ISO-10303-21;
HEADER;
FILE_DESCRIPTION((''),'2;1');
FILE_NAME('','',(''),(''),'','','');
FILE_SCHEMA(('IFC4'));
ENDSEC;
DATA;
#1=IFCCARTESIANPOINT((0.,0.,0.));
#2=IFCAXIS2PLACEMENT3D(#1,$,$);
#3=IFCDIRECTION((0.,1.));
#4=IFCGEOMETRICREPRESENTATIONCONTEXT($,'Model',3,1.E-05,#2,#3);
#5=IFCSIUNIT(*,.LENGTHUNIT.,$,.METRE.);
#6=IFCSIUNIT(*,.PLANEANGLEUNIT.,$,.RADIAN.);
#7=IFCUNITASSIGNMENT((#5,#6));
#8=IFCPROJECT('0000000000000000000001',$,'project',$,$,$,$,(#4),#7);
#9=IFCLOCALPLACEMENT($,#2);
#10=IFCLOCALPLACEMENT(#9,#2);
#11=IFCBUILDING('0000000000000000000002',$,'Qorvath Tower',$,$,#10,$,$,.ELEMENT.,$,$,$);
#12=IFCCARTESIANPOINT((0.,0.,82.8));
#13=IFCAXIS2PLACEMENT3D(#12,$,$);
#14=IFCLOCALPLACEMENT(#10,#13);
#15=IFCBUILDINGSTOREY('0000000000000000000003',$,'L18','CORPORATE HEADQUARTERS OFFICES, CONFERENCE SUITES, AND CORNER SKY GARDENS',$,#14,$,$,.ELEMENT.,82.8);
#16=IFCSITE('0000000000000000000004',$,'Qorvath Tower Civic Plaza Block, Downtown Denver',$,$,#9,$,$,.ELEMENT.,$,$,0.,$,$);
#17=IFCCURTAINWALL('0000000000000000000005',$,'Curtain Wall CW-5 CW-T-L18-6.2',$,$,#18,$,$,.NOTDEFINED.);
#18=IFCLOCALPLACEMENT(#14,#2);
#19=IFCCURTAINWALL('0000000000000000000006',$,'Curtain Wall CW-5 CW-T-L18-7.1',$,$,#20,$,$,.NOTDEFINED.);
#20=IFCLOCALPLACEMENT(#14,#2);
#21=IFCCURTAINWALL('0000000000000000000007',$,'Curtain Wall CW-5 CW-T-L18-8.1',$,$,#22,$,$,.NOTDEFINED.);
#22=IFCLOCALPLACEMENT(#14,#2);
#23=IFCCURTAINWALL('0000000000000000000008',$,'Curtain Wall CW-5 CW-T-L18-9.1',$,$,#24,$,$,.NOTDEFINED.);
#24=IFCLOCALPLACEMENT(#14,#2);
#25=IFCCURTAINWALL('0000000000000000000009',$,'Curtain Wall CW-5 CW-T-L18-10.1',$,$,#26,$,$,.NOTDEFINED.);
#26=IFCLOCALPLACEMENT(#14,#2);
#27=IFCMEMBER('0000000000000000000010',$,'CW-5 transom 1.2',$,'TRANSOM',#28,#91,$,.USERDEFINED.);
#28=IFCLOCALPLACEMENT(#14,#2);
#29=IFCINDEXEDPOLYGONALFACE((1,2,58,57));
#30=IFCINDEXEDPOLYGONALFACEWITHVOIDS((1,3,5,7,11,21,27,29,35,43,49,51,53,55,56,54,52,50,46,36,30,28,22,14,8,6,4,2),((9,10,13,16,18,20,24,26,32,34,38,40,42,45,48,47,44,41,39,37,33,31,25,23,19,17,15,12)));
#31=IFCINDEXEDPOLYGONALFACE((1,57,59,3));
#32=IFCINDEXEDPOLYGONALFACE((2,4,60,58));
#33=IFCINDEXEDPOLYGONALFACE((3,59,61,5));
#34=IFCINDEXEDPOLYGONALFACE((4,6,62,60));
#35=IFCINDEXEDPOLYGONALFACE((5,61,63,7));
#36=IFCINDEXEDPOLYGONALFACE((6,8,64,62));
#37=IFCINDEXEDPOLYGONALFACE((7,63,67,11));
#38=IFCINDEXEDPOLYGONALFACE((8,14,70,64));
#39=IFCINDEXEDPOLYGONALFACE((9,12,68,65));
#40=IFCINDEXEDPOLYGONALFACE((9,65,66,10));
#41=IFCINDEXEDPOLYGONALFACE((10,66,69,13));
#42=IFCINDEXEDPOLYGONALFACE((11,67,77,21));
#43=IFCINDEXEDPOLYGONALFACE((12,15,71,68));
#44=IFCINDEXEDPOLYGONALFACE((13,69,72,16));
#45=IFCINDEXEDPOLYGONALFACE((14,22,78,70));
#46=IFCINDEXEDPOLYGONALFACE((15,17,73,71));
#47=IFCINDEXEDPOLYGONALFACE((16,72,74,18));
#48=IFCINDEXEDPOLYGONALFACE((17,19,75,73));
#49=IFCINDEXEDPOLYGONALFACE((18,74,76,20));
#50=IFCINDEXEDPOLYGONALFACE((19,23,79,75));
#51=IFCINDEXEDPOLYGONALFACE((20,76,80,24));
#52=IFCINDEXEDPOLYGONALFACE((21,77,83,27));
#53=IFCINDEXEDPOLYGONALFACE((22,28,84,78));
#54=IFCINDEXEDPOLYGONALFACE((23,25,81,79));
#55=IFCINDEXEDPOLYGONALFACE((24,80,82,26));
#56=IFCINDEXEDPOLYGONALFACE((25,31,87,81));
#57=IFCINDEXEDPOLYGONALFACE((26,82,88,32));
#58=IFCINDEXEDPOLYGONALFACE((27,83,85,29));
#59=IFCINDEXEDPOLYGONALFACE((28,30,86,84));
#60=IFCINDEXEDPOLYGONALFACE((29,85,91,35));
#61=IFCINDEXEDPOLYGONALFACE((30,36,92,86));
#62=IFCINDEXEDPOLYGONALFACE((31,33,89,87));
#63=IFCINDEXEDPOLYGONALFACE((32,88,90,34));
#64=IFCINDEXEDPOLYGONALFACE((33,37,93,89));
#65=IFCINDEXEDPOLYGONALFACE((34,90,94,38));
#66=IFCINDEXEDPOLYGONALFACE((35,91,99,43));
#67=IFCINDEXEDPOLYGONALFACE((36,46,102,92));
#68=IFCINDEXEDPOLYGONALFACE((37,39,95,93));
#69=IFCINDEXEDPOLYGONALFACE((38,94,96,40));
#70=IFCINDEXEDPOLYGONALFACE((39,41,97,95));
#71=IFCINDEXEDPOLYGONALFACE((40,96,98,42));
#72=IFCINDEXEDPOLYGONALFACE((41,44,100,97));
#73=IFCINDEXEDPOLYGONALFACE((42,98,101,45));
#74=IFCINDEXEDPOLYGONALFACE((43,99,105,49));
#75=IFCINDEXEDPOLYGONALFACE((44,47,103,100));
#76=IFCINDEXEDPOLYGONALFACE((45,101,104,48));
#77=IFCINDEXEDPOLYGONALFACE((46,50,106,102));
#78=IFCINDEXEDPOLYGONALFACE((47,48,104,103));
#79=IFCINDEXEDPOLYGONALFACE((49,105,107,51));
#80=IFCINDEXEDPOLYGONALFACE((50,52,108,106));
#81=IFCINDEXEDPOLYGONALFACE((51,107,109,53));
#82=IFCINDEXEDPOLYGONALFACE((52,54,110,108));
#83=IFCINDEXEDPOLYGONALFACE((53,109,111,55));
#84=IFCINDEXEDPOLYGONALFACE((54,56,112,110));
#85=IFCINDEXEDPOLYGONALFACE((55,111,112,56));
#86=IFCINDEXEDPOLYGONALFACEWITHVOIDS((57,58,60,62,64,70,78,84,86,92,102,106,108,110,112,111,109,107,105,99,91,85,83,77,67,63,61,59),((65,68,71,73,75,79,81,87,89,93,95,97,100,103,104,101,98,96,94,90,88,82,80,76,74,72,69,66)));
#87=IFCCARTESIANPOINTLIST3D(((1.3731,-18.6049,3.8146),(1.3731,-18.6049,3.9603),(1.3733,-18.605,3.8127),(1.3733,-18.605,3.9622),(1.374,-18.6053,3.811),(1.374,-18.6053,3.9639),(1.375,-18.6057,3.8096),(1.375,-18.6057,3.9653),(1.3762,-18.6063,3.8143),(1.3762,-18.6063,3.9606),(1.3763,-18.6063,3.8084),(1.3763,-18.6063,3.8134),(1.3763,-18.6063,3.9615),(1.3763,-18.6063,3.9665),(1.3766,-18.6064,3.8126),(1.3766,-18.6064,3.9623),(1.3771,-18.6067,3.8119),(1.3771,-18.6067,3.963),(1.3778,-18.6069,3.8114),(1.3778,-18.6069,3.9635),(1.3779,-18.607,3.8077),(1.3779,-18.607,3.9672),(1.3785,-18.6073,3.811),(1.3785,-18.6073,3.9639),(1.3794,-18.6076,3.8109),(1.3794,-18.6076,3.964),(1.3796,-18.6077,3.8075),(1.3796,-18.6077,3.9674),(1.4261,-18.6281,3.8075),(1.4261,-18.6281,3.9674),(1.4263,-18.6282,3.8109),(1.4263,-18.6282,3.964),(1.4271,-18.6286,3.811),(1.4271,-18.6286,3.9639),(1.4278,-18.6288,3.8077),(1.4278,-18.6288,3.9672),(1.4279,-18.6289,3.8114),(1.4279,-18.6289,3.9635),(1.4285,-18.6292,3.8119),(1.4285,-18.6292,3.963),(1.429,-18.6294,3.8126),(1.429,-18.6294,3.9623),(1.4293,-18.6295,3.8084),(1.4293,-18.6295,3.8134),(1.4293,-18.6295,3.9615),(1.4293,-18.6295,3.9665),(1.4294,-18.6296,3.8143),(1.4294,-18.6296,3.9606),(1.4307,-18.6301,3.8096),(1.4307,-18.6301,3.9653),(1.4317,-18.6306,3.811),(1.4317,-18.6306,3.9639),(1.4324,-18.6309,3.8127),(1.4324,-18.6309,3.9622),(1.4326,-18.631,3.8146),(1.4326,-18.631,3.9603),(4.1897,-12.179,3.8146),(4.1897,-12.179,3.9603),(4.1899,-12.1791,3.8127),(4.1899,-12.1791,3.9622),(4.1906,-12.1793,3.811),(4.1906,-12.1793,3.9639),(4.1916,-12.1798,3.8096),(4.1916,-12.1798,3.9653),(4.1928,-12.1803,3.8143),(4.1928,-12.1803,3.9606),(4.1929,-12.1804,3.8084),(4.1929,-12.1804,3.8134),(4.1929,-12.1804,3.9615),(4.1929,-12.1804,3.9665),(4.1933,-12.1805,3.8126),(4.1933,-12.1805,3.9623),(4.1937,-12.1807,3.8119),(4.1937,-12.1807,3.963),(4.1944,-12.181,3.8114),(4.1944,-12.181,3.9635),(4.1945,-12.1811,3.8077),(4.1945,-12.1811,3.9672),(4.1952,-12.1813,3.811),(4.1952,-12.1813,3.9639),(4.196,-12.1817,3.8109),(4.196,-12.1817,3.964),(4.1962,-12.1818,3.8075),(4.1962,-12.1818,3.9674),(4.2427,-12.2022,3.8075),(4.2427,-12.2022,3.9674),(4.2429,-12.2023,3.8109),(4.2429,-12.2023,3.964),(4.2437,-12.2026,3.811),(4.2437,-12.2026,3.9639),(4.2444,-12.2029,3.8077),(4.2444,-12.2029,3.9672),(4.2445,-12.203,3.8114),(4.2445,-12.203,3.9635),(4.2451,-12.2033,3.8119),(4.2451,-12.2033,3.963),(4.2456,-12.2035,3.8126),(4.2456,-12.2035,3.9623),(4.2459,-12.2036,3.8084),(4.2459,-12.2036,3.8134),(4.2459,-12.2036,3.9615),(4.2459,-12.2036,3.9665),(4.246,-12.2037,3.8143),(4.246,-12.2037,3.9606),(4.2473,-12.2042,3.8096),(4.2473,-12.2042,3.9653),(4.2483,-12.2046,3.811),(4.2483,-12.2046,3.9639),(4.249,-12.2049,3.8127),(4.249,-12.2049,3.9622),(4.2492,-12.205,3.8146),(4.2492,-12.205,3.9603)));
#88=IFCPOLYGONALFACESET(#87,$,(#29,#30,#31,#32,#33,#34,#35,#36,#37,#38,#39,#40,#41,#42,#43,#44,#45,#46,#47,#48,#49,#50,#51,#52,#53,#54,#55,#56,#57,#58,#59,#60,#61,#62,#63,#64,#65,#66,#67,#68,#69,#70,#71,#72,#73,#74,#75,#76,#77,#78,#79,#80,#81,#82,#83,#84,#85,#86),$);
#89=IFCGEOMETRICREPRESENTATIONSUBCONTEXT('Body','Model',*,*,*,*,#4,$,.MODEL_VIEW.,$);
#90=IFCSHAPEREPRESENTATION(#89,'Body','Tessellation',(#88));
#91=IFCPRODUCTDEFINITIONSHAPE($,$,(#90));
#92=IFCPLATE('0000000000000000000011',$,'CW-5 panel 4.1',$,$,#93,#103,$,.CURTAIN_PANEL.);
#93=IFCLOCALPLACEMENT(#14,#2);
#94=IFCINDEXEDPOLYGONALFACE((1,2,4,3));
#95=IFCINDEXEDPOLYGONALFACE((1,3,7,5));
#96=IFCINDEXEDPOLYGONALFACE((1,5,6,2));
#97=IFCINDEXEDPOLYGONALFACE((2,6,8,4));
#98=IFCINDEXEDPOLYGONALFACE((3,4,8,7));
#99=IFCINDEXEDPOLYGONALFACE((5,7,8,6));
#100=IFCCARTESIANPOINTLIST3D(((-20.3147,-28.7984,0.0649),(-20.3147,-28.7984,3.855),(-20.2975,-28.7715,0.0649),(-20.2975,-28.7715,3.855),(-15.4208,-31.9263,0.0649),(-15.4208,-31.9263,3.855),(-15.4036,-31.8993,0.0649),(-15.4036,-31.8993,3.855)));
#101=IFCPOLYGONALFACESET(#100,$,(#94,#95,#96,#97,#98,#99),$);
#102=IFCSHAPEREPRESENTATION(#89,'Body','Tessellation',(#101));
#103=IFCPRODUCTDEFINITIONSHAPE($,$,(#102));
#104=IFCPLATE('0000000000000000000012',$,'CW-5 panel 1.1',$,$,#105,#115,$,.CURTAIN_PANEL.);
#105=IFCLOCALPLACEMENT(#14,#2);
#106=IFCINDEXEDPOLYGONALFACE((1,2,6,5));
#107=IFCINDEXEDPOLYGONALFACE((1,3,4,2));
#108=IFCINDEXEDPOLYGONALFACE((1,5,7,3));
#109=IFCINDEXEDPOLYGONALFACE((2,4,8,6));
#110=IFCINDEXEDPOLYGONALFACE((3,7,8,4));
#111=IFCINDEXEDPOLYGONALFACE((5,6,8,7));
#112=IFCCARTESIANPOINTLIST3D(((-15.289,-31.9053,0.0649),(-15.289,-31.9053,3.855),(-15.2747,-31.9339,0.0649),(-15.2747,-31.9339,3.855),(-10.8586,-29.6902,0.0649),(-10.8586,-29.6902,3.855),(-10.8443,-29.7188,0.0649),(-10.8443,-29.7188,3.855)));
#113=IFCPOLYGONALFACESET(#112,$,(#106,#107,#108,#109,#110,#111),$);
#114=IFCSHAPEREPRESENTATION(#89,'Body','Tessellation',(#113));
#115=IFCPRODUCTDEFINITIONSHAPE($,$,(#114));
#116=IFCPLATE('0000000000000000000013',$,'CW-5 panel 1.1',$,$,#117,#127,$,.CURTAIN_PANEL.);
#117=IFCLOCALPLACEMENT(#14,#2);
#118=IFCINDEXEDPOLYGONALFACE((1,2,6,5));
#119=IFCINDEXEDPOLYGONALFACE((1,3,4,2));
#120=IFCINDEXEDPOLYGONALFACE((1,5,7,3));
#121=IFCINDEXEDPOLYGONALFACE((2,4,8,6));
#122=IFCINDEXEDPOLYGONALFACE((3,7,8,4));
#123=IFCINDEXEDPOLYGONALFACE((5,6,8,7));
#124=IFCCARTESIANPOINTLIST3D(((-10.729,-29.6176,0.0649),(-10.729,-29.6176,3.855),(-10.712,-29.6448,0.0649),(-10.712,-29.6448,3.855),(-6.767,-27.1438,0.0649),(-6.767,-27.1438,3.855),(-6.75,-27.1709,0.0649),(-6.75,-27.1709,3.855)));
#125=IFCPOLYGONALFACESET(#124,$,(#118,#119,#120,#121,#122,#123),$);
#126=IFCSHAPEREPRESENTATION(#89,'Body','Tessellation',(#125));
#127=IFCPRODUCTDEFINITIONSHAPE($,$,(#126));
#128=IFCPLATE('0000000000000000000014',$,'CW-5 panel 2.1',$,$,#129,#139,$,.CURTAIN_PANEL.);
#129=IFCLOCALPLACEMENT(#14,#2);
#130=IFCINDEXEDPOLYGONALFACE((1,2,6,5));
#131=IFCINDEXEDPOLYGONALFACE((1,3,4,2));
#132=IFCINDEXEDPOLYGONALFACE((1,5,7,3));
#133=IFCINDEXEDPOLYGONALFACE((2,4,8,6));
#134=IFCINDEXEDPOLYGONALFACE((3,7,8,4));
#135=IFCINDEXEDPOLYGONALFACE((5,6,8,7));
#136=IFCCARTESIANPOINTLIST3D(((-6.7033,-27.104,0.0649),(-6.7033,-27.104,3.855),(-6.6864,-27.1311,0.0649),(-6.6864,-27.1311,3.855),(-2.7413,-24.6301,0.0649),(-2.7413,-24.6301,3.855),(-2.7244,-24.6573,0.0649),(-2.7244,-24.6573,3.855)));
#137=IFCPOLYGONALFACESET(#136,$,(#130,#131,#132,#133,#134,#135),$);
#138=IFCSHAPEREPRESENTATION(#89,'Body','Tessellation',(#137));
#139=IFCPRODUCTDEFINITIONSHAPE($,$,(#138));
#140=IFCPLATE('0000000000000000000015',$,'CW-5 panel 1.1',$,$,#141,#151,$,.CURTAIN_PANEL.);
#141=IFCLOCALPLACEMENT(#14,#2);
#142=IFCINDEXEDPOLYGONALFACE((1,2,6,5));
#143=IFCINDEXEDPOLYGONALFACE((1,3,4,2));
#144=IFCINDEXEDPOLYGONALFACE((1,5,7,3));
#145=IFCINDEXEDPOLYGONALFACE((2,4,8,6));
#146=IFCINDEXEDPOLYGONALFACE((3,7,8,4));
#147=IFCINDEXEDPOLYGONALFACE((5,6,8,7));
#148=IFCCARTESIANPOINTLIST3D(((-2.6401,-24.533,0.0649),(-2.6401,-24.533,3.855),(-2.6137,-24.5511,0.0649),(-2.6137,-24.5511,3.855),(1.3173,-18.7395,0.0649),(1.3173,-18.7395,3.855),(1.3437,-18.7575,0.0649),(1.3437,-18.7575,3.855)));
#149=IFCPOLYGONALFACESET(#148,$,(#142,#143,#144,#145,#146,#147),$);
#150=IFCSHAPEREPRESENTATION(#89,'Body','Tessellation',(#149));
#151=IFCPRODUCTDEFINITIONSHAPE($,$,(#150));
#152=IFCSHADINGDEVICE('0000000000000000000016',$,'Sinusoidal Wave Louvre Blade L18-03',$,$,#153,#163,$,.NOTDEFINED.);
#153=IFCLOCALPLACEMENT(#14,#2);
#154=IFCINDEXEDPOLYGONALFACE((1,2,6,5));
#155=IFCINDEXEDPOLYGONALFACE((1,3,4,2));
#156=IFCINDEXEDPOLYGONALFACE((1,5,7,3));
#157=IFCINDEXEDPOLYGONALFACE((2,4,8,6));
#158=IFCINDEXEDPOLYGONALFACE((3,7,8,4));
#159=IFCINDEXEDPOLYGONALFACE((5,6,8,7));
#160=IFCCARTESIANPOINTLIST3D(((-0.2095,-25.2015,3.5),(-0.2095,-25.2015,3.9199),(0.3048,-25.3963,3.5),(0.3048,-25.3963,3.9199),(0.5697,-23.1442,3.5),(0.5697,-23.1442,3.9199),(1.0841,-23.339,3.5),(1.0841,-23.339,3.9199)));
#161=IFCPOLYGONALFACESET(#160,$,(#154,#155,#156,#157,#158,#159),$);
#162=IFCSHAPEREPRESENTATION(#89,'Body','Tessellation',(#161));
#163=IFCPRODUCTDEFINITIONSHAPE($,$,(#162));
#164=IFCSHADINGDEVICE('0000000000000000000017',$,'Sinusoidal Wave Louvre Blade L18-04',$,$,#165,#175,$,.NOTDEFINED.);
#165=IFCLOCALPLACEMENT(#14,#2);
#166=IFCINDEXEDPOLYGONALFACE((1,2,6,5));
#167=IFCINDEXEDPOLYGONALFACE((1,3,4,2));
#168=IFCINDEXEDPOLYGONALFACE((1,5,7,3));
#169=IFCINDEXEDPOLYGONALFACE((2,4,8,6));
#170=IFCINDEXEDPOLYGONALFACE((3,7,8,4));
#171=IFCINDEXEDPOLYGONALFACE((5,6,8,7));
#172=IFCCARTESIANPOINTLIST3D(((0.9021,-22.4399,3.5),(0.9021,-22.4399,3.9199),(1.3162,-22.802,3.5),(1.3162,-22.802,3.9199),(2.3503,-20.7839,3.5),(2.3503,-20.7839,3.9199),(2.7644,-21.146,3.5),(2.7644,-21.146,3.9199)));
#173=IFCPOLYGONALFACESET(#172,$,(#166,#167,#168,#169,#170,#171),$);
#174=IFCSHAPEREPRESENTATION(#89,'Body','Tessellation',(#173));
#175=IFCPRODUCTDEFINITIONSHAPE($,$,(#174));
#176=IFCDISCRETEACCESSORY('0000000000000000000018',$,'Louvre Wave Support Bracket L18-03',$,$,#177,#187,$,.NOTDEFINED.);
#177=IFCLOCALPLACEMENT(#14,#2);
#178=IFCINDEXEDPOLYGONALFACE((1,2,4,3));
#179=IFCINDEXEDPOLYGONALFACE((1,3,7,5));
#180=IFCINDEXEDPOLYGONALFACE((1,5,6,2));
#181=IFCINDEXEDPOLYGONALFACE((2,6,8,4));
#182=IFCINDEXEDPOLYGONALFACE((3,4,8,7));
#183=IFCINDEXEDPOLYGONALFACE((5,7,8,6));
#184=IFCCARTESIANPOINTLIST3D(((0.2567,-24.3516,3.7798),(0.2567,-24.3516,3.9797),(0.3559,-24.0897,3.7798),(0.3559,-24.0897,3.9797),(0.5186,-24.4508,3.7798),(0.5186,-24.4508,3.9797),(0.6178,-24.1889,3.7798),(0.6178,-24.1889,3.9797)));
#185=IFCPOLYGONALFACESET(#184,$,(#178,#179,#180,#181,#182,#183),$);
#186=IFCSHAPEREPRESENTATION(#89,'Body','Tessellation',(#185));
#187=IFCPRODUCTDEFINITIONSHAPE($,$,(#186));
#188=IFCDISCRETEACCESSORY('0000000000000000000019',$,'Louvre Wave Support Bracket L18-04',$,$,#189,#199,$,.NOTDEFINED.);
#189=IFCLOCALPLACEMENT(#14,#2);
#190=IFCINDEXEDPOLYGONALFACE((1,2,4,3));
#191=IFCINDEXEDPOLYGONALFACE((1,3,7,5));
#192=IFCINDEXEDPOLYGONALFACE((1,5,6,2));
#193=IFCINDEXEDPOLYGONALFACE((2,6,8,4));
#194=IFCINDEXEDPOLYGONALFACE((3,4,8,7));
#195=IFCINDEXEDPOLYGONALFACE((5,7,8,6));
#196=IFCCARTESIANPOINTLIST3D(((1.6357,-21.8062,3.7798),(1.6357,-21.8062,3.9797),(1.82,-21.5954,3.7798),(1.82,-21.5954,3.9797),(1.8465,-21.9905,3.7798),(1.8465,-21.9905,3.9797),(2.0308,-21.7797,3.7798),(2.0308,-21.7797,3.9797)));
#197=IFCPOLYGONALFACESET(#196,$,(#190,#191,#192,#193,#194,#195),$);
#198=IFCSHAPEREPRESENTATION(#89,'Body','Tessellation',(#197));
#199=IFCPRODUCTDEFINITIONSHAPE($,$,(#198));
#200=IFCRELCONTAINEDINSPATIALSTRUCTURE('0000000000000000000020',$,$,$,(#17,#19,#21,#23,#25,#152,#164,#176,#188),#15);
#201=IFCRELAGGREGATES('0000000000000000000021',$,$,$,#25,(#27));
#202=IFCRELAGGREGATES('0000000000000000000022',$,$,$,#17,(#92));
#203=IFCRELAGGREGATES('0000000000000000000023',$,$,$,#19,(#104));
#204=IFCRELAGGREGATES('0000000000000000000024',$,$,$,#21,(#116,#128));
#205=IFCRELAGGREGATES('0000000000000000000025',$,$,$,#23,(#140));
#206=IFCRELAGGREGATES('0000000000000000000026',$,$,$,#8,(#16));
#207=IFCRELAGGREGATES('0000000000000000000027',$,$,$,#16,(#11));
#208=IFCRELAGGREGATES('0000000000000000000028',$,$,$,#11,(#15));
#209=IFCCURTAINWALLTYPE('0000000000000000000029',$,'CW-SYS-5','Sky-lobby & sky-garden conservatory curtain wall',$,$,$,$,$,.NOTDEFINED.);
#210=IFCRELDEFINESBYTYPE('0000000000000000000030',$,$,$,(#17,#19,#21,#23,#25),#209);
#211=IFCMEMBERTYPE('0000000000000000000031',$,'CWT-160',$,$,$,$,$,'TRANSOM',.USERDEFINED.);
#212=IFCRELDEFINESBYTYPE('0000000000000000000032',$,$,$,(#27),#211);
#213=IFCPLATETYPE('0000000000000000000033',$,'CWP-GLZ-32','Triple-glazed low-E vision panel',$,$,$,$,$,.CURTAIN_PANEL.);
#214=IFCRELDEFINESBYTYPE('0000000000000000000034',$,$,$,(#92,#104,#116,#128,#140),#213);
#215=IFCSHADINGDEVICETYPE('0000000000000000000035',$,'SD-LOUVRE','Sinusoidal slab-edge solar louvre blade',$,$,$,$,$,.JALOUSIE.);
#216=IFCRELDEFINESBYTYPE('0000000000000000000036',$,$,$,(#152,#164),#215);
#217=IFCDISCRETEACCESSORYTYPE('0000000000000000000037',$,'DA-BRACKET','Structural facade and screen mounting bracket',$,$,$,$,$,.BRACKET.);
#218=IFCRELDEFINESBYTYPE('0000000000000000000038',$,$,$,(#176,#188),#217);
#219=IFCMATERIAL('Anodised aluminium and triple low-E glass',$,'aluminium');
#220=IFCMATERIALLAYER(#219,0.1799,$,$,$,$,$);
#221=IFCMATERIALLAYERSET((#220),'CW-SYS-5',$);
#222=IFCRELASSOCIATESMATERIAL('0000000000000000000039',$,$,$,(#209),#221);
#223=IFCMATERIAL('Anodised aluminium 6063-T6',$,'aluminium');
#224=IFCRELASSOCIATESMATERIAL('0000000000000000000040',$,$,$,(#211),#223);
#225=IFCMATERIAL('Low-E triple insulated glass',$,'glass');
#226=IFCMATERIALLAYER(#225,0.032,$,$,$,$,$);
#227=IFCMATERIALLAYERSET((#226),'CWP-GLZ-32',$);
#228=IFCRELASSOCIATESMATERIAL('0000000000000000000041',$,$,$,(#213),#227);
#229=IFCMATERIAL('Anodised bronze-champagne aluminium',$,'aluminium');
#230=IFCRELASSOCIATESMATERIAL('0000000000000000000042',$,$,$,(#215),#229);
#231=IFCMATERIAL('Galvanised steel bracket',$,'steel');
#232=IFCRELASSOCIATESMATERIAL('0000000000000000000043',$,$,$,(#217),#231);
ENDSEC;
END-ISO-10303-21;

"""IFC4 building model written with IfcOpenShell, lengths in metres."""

from ifc_helpers import new_model, si_unit, direction, frame, origin, origin_2d, place, context, subcontext, project, spatial, rectangle, hollow_rectangle, extrude, material, layer, layer_set, material_profile, profile_set, type_object, element, aggregate, save


model = new_model("IFC4")

# Units and contexts
model_context = context("Model", 3, precision=1e-05, world=origin(), true_north=direction((0.0, 1.0)))
body_context = subcontext(model_context, "Body", "Model", "MODEL_VIEW")
ifc_project = project(units=[si_unit("LENGTHUNIT", "METRE"), si_unit("PLANEANGLEUNIT", "RADIAN")], contexts=[model_context])

# Site, building, storey
site_placement = place(None, origin())
site = spatial("IfcSite", under=ifc_project, at=site_placement, Name="Qorvath Tower Civic Plaza Block, Downtown Denver", CompositionType="ELEMENT", RefElevation=0.0)
building_placement = place(site_placement, origin())
building = spatial("IfcBuilding", under=site, at=building_placement, Name="Qorvath Tower", CompositionType="ELEMENT")
storey_placement = place(building_placement, frame((0.0, 0.0, 82.8)))
storey = spatial("IfcBuildingStorey", under=building, at=storey_placement, Name="L18", Description="CORPORATE HEADQUARTERS OFFICES, CONFERENCE SUITES, AND CORNER SKY GARDENS", CompositionType="ELEMENT", Elevation=82.8)

# Curtain wall
ifc_material_1 = material(Name="Anodised aluminium and triple low-E glass", Category="aluminium")
ifc_layer_1 = layer(ifc_material_1, 0.1799)
ifc_layer_set_1 = layer_set([ifc_layer_1], Name="CW-SYS-5")
curtain_wall_type = type_object("IfcCurtainWallType", Name="CW-SYS-5", Description="Sky-lobby & sky-garden conservatory curtain wall", PredefinedType="NOTDEFINED", material=ifc_layer_set_1)
curtain_wall_1_placement = place(storey_placement, origin())
curtain_wall_1 = element("IfcCurtainWall", 1, at=curtain_wall_1_placement, inside=storey, type_object=curtain_wall_type, Name="Curtain Wall CW-5 CW-T-L18-6.2", PredefinedType="NOTDEFINED")

# Curtain walls
curtain_wall_2_placement = place(storey_placement, origin())
curtain_wall_2 = element("IfcCurtainWall", 2, at=curtain_wall_2_placement, inside=storey, type_object=curtain_wall_type, Name="Curtain Wall CW-5 CW-T-L18-7.1", PredefinedType="NOTDEFINED")
curtain_wall_3_placement = place(storey_placement, origin())
curtain_wall_3 = element("IfcCurtainWall", 3, at=curtain_wall_3_placement, inside=storey, type_object=curtain_wall_type, Name="Curtain Wall CW-5 CW-T-L18-8.1", PredefinedType="NOTDEFINED")
curtain_wall_4_placement = place(storey_placement, origin())
curtain_wall_4 = element("IfcCurtainWall", 4, at=curtain_wall_4_placement, inside=storey, type_object=curtain_wall_type, Name="Curtain Wall CW-5 CW-T-L18-9.1", PredefinedType="NOTDEFINED")

# Curtain wall
curtain_wall_5_placement = place(storey_placement, origin())
curtain_wall_5 = element("IfcCurtainWall", 5, at=curtain_wall_5_placement, inside=storey, type_object=curtain_wall_type, Name="Curtain Wall CW-5 CW-T-L18-10.1", PredefinedType="NOTDEFINED")

# Member
ifc_material_2 = material(Name="Anodised aluminium 6063-T6", Category="aluminium")
ifc_material_profile_1 = material_profile(ifc_material_2, hollow_rectangle(XDim=0.0649, YDim=0.1599, WallThickness=0.0034, InnerFilletRadius=0.0034, OuterFilletRadius=0.0071, at=origin_2d()), Name="CWT 160x65")
ifc_profile_set_1 = profile_set([ifc_material_profile_1], Name="Anodised aluminium 6063-T6")
member_type_1 = type_object("IfcMemberType", Name="CWT-160", ElementType="TRANSOM", PredefinedType="USERDEFINED", material=ifc_profile_set_1)
member_1_placement = place(storey_placement, frame((1.4028, -18.6179, 3.8875), z_axis=(0.401449, 0.915882, 0.0), x_axis=(-0.915882, 0.401449, 0.0)))
member_1 = element("IfcMember", 6, at=member_1_placement, type_object=member_type_1, Name="CW-5 transom 1.2", ObjectType="TRANSOM", PredefinedType="USERDEFINED", context=body_context, shape_type="SweptSolid", body=[
    extrude(hollow_rectangle(XDim=0.0649, YDim=0.1599, WallThickness=0.0034, InnerFilletRadius=0.0034, OuterFilletRadius=0.0071, at=origin_2d()), origin(), (0.0, 0.0, 1.0), 7.0161),
])
aggregate(curtain_wall_5, [member_1])

# Plates
ifc_material_3 = material(Name="Low-E triple insulated glass", Category="glass")
ifc_layer_2 = layer(ifc_material_3, 0.032)
ifc_layer_set_2 = layer_set([ifc_layer_2], Name="CWP-GLZ-32")
plate_type = type_object("IfcPlateType", Name="CWP-GLZ-32", Description="Triple-glazed low-E vision panel", PredefinedType="CURTAIN_PANEL", material=ifc_layer_set_2)
plate_1_placement = place(storey_placement, frame((-17.8591, -30.3489, 0.0649), z_axis=(0.0, 0.0, 1.0), x_axis=(0.842604, -0.538533, 0.0)))
plate_1 = element("IfcPlate", 7, at=plate_1_placement, type_object=plate_type, Name="CW-5 panel 4.1", PredefinedType="CURTAIN_PANEL", context=body_context, shape_type="SweptSolid", body=[
    extrude(rectangle(XDim=5.8081, YDim=0.032, at=origin_2d()), origin(), (0.0, 0.0, 1.0), 3.79),
])
aggregate(curtain_wall_1, [plate_1])
plate_2_placement = place(storey_placement, frame((-13.0667, -30.812, 0.0649), z_axis=(0.0, 0.0, 1.0), x_axis=(0.894439, 0.44719, 0.0)))
plate_2 = element("IfcPlate", 8, at=plate_2_placement, type_object=plate_type, Name="CW-5 panel 1.1", PredefinedType="CURTAIN_PANEL", context=body_context, shape_type="SweptSolid", body=[
    extrude(rectangle(XDim=4.9534, YDim=0.032, at=origin_2d()), origin(), (0.0, 0.0, 1.0), 3.79),
])
aggregate(curtain_wall_2, [plate_2])
plate_3_placement = place(storey_placement, frame((-8.7395, -28.3943, 0.0649), z_axis=(0.0, 0.0, 1.0), x_axis=(0.848232, 0.529625, 0.0)))
plate_3 = element("IfcPlate", 9, at=plate_3_placement, type_object=plate_type, Name="CW-5 panel 1.1", PredefinedType="CURTAIN_PANEL", context=body_context, shape_type="SweptSolid", body=[
    extrude(rectangle(XDim=4.6709, YDim=0.032, at=origin_2d()), origin(), (0.0, 0.0, 1.0), 3.79),
])
plate_4_placement = place(storey_placement, frame((-4.7139, -25.8806, 0.0649), z_axis=(0.0, 0.0, 1.0), x_axis=(0.848232, 0.529625, 0.0)))
plate_4 = element("IfcPlate", 10, at=plate_4_placement, type_object=plate_type, Name="CW-5 panel 2.1", PredefinedType="CURTAIN_PANEL", context=body_context, shape_type="SweptSolid", body=[
    extrude(rectangle(XDim=4.6709, YDim=0.032, at=origin_2d()), origin(), (0.0, 0.0, 1.0), 3.79),
])
aggregate(curtain_wall_3, [plate_3, plate_4])
plate_5_placement = place(storey_placement, frame((-0.6482, -21.6453, 0.0649), z_axis=(0.0, 0.0, 1.0), x_axis=(0.564036, 0.82575, 0.0)))
plate_5 = element("IfcPlate", 11, at=plate_5_placement, type_object=plate_type, Name="CW-5 panel 1.1", PredefinedType="CURTAIN_PANEL", context=body_context, shape_type="SweptSolid", body=[
    extrude(rectangle(XDim=7.0161, YDim=0.032, at=origin_2d()), origin(), (0.0, 0.0, 1.0), 3.79),
])
aggregate(curtain_wall_4, [plate_5])

# Shading devices
ifc_material_4 = material(Name="Anodised bronze-champagne aluminium", Category="aluminium")
shading_device_type = type_object("IfcShadingDeviceType", Name="SD-LOUVRE", Description="Sinusoidal slab-edge solar louvre blade", PredefinedType="JALOUSIE", material=ifc_material_4)
for number, where, z_axis, x_axis, name in (
    (12, (0.4373, -24.2703, 3.5), (0.0, 0.0, 1.0), (0.354195, 0.935172, 0.0), "Sinusoidal Wave Louvre Blade L18-03"),
    (13, (1.8333, -21.793, 3.5), (0.0, 0.0, 1.0), (0.658288, 0.752767, 0.0), "Sinusoidal Wave Louvre Blade L18-04"),
):
    element("IfcShadingDevice", number, at=place(storey_placement, frame(where, z_axis=z_axis, x_axis=x_axis)), inside=storey, type_object=shading_device_type, Name=name, PredefinedType="NOTDEFINED", context=body_context, shape_type="SweptSolid", body=[
        extrude(rectangle(XDim=2.2, YDim=0.55, at=origin_2d()), origin(), (0.0, 0.0, 1.0), 0.4199),
    ])

# Discrete accessories
ifc_material_5 = material(Name="Galvanised steel bracket", Category="steel")
discrete_accessory_type = type_object("IfcDiscreteAccessoryType", Name="DA-BRACKET", Description="Structural facade and screen mounting bracket", PredefinedType="BRACKET", material=ifc_material_5)
for number, where, z_axis, x_axis, name in (
    (14, (0.4373, -24.2703, 3.7798), (0.0, 0.0, 1.0), (0.354195, 0.935172, 0.0), "Louvre Wave Support Bracket L18-03"),
    (15, (1.8333, -21.793, 3.7798), (0.0, 0.0, 1.0), (0.658288, 0.752767, 0.0), "Louvre Wave Support Bracket L18-04"),
):
    element("IfcDiscreteAccessory", number, at=place(storey_placement, frame(where, z_axis=z_axis, x_axis=x_axis)), inside=storey, type_object=discrete_accessory_type, Name=name, PredefinedType="NOTDEFINED", context=body_context, shape_type="SweptSolid", body=[
        extrude(rectangle(XDim=0.28, YDim=0.28, at=origin_2d()), origin(), (0.0, 0.0, 1.0), 0.2),
    ])

save(model, "model.ifc")
